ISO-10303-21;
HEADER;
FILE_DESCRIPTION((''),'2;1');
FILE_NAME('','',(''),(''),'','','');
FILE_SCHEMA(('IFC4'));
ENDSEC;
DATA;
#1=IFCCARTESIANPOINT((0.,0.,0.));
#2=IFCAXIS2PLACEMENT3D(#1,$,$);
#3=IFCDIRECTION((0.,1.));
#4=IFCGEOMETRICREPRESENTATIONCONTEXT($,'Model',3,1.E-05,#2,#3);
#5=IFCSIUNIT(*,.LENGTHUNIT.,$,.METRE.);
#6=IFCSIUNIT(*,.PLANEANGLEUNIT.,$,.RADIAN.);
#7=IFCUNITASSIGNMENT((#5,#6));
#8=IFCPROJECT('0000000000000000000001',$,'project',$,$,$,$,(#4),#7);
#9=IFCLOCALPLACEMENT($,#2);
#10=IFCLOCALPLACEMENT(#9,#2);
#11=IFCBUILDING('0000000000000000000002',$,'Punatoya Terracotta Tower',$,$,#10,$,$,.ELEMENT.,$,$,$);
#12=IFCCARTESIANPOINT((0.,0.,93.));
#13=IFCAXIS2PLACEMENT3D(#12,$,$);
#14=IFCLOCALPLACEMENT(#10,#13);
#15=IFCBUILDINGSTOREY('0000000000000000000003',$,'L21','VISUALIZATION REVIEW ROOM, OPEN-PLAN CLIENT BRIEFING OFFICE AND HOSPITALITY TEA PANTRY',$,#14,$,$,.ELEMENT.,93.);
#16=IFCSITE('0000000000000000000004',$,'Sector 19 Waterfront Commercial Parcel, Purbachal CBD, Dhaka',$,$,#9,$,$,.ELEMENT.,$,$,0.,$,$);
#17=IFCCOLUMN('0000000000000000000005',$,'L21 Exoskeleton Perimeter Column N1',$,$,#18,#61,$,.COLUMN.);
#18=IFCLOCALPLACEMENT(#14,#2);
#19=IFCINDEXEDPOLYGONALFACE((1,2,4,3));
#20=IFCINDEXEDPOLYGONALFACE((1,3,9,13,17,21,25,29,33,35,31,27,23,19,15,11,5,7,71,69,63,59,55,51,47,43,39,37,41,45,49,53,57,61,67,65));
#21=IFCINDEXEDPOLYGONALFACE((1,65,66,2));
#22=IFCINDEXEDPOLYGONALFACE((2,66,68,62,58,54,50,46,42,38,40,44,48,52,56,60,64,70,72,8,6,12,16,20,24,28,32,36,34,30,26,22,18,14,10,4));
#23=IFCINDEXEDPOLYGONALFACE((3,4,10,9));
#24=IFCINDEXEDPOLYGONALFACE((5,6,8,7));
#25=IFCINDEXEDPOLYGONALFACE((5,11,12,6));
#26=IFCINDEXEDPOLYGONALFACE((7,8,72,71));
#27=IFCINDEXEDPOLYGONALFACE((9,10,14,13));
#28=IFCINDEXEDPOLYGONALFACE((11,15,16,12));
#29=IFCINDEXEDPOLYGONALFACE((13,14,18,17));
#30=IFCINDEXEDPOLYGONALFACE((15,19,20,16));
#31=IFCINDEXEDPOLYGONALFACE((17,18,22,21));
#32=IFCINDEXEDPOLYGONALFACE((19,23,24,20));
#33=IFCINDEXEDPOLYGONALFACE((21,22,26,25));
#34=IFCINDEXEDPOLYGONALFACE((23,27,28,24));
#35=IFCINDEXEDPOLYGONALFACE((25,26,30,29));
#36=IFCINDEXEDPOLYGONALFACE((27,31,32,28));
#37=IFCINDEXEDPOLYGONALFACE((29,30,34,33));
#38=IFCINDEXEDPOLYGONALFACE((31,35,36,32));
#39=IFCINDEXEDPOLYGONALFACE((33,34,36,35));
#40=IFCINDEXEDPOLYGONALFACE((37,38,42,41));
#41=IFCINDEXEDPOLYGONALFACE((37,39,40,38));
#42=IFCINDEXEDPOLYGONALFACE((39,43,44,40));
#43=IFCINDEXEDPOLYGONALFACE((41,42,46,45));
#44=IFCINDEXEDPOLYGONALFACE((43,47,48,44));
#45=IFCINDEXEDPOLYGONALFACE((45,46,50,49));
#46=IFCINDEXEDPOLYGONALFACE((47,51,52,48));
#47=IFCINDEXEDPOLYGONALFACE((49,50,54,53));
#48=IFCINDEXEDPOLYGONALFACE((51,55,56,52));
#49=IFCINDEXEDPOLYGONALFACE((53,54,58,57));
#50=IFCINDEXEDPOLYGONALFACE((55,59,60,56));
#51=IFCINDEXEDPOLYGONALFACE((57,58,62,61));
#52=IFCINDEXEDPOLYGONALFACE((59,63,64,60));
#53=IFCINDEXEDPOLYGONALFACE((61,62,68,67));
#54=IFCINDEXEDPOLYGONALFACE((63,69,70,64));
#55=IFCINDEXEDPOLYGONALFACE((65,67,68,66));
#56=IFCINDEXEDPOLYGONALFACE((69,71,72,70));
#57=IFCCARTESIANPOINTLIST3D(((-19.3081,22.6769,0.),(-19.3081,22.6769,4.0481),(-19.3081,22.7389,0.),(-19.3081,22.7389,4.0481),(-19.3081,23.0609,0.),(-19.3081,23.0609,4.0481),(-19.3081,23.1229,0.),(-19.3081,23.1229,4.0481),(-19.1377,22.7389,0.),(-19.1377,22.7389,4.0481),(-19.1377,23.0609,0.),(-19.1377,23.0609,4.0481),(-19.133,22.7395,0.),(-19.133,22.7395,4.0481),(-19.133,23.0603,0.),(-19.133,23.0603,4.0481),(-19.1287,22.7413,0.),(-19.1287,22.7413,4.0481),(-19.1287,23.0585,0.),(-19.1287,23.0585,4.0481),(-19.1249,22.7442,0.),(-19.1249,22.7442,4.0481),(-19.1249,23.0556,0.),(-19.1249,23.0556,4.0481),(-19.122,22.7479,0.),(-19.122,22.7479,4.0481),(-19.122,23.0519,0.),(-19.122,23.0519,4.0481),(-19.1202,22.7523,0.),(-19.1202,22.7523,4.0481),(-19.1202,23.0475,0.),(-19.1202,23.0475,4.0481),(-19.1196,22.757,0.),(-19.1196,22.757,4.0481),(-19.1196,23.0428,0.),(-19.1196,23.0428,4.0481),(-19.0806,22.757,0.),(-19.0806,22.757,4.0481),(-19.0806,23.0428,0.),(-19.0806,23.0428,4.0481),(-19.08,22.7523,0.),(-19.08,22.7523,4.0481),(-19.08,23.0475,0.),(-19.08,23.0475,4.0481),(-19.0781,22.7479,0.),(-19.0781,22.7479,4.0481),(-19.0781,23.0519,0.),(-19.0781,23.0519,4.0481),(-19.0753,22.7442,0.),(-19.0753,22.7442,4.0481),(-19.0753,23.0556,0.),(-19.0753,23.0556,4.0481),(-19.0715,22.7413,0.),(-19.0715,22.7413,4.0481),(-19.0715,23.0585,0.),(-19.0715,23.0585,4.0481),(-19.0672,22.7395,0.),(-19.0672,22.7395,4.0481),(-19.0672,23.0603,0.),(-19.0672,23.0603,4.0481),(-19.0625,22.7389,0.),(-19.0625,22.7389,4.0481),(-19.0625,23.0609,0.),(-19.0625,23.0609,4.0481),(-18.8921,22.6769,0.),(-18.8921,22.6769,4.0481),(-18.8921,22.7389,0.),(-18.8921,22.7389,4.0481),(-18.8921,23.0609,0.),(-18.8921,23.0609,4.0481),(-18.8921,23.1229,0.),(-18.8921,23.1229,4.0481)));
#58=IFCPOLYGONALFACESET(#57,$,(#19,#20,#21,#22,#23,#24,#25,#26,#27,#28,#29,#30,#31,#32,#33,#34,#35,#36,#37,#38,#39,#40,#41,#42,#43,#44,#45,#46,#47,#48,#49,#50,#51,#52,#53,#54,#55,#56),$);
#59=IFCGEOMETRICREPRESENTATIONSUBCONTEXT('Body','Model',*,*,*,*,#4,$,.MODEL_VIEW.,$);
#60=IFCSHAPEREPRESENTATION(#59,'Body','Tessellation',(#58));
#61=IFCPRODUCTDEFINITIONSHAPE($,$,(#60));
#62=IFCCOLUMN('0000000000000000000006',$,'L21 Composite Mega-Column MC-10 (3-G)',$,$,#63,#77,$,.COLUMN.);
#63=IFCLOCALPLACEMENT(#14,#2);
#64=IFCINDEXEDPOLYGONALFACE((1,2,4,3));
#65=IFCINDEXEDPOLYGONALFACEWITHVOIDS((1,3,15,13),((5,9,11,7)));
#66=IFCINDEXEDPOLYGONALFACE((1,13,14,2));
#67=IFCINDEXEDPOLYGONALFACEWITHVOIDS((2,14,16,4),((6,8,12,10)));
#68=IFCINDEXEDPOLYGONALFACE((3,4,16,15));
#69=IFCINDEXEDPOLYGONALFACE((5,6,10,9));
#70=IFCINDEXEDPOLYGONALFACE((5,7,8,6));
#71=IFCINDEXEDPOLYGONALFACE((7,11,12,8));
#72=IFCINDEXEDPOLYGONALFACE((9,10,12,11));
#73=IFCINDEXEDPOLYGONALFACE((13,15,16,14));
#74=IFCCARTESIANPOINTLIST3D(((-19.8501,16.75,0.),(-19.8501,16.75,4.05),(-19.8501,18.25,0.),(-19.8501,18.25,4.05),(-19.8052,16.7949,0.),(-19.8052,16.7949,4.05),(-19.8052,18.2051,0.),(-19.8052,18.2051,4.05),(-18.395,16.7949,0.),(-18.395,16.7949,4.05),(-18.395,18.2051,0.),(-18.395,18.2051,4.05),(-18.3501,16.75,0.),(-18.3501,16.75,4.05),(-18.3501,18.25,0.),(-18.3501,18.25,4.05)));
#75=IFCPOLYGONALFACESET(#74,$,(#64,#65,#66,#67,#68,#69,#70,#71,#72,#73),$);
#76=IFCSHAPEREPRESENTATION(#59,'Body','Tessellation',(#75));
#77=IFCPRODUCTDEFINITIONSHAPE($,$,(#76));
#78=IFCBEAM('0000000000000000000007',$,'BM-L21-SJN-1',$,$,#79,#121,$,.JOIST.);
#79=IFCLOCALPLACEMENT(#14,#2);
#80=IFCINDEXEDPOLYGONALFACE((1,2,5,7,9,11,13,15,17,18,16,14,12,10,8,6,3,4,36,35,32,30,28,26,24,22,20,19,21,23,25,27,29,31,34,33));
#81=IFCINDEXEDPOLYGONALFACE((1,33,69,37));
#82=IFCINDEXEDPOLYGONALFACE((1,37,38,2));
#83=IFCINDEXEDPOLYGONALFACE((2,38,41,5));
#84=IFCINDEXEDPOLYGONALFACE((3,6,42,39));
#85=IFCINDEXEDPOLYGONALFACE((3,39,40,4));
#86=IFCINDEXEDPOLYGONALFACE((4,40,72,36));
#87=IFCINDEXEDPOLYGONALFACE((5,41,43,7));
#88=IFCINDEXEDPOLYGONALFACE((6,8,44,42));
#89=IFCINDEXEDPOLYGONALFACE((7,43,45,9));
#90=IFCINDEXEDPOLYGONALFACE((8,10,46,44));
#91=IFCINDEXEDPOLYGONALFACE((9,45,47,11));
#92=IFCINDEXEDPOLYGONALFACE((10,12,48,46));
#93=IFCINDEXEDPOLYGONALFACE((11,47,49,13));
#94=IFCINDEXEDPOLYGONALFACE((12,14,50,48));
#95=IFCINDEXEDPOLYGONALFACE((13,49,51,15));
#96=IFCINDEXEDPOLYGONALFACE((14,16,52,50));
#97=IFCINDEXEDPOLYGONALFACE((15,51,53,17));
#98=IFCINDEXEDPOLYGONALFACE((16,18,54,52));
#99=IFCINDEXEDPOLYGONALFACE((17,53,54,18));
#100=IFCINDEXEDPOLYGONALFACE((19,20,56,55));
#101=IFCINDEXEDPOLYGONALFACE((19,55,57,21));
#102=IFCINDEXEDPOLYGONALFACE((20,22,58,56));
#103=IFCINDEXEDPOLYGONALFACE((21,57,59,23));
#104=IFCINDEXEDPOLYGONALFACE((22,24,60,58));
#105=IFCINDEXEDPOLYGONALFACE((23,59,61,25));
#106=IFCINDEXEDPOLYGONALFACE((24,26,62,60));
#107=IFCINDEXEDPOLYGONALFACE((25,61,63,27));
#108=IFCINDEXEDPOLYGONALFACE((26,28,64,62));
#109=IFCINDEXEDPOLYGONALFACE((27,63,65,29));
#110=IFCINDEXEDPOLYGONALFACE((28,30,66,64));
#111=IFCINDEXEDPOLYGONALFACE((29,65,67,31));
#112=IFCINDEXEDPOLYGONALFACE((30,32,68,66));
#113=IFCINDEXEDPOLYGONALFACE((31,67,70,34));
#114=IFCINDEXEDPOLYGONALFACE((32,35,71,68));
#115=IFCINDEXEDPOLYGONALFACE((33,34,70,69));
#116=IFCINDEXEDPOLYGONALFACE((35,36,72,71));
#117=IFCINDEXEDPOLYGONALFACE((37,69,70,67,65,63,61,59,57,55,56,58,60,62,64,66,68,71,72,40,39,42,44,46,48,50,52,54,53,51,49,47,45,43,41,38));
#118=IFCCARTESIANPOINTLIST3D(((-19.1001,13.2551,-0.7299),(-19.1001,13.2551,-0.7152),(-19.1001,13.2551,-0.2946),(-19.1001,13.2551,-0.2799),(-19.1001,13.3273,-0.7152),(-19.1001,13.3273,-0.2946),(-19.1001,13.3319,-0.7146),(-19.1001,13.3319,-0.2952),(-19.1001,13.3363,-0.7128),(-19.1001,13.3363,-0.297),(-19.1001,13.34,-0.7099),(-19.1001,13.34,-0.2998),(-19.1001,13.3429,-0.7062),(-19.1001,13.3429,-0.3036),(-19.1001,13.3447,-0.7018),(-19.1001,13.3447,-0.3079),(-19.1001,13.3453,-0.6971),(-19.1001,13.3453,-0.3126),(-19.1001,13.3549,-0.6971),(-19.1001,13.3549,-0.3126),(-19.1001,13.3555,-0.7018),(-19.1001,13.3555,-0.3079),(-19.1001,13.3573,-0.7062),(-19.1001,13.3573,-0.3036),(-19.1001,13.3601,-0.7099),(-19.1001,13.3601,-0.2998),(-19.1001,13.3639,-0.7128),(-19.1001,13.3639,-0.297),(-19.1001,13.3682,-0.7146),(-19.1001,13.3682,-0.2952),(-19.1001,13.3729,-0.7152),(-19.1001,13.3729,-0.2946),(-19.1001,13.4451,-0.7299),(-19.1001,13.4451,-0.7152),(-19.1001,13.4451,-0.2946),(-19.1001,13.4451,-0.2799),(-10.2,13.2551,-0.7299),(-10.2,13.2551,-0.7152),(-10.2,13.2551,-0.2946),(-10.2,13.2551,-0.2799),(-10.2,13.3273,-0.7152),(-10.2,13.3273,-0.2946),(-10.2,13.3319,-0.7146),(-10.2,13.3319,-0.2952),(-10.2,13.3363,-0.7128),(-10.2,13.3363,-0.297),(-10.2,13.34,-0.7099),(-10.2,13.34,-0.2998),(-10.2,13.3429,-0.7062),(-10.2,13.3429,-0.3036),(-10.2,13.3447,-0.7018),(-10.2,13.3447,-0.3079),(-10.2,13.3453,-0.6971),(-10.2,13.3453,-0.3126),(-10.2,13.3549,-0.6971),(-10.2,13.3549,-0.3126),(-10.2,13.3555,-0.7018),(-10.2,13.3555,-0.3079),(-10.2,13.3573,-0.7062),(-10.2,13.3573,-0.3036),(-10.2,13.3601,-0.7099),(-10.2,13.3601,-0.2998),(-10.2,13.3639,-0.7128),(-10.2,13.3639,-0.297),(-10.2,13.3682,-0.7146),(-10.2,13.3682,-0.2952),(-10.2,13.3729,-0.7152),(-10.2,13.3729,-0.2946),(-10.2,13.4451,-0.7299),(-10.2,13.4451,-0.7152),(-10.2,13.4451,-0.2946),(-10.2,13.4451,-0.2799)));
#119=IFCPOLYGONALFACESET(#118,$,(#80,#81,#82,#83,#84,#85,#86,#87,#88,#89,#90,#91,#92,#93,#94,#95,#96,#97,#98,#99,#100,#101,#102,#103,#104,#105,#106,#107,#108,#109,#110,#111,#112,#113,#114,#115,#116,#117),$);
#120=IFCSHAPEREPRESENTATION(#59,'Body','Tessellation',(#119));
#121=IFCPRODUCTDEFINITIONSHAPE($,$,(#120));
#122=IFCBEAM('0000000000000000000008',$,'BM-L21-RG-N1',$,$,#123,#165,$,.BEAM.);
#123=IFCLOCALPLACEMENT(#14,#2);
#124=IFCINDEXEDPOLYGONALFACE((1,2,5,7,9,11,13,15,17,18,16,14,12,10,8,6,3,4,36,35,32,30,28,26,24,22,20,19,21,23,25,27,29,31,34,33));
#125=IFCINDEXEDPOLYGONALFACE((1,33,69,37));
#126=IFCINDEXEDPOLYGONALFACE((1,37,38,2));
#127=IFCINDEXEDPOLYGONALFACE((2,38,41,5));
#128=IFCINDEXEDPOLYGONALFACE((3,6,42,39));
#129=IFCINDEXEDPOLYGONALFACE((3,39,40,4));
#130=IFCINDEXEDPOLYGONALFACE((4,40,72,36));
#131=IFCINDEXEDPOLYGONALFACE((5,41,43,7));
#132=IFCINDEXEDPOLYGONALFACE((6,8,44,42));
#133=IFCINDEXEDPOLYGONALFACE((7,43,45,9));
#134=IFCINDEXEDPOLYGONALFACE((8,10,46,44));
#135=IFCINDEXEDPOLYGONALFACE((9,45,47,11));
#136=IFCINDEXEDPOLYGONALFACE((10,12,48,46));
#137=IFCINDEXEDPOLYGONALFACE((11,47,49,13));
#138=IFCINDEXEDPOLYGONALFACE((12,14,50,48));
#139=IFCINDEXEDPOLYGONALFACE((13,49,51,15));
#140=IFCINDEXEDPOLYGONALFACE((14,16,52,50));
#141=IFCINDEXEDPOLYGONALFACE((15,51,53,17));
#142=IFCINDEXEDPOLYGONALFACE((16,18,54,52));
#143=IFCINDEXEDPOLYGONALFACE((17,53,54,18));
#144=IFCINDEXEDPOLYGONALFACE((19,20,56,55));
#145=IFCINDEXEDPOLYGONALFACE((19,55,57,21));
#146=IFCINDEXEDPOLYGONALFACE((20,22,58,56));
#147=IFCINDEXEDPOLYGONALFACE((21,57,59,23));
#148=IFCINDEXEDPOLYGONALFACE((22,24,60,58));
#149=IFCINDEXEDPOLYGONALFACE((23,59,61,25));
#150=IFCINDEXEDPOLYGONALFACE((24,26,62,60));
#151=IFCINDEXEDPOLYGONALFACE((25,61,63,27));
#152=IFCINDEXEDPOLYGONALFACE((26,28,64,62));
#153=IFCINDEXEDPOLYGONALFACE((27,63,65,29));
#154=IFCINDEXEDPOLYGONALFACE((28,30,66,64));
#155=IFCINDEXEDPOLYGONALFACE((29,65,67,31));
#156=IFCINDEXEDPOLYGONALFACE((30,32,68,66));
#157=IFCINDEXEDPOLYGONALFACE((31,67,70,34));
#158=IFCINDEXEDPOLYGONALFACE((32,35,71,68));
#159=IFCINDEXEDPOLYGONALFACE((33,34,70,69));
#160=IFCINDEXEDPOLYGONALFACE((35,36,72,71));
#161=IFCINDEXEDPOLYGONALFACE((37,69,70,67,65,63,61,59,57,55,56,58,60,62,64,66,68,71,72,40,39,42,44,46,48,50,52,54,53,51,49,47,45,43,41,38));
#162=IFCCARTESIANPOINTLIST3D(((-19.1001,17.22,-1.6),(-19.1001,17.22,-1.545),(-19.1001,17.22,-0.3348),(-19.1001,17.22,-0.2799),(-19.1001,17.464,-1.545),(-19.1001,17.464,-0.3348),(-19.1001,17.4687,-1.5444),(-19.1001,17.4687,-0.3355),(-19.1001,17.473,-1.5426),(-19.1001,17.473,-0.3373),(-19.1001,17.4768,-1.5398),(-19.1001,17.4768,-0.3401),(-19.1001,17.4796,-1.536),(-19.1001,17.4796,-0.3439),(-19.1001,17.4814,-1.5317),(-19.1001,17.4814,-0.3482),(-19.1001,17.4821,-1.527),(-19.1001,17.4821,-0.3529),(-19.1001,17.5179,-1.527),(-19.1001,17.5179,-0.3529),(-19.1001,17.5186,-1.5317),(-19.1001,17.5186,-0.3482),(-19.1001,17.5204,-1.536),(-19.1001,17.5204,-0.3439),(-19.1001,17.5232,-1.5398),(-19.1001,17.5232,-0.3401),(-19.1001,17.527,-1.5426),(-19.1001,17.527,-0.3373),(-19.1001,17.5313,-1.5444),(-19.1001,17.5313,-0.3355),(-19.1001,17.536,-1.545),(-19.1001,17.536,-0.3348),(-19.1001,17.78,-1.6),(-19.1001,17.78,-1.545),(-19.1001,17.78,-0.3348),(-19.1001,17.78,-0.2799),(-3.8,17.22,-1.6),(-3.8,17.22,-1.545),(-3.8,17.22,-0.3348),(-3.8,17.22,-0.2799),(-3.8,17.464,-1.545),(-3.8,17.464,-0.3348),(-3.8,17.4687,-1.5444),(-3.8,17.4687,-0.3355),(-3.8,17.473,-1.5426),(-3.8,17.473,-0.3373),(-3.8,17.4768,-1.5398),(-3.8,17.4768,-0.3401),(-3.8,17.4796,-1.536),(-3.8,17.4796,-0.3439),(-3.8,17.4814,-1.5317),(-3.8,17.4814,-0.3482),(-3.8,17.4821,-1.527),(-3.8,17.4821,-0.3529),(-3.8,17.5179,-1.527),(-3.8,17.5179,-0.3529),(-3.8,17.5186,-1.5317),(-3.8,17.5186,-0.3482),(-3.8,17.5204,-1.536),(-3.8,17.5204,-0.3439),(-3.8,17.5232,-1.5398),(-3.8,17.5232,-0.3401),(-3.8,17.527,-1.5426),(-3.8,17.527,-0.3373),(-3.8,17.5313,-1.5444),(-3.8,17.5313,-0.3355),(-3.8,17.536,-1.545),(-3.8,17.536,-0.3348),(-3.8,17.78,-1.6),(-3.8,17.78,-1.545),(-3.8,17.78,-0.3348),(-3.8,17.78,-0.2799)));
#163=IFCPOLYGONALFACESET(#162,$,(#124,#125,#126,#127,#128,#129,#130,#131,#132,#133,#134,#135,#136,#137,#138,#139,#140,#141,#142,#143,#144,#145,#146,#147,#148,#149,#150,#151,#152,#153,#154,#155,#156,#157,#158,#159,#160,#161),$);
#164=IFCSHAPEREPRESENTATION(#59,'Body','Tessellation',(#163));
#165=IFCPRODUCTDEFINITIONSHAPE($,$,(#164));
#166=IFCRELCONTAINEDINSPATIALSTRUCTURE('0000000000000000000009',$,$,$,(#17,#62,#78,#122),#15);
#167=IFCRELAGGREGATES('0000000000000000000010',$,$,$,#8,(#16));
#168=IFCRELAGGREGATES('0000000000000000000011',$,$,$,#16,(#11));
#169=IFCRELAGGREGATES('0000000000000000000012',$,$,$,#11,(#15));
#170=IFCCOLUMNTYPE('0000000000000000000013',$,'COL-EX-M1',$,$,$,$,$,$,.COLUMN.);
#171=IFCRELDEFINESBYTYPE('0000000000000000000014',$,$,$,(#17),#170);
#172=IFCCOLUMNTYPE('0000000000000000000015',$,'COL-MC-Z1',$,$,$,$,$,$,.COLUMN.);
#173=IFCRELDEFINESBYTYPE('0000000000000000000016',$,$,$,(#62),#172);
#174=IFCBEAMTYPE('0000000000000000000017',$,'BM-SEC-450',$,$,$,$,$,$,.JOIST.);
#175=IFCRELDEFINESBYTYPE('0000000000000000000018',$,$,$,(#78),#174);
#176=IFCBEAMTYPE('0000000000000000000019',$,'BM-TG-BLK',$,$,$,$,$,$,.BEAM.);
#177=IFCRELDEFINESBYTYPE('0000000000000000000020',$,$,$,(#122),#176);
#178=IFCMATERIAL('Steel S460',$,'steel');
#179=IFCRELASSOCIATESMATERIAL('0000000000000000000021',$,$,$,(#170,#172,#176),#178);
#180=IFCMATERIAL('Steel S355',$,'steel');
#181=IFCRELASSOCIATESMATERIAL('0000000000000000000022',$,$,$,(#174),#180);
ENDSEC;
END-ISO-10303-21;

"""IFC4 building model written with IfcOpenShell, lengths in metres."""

from ifc_helpers import new_model, si_unit, direction, frame, origin, origin_2d, place, context, subcontext, project, spatial, hollow_rectangle, i_section, extrude, material, material_profile, profile_set, type_object, element, save


model = new_model("IFC4")

# Units and contexts
model_context = context("Model", 3, precision=1e-05, world=origin(), true_north=direction((0.0, 1.0)))
body_context = subcontext(model_context, "Body", "Model", "MODEL_VIEW")
ifc_project = project(units=[si_unit("LENGTHUNIT", "METRE"), si_unit("PLANEANGLEUNIT", "RADIAN")], contexts=[model_context])

# Site, building, storey
site_placement = place(None, origin())
site = spatial("IfcSite", under=ifc_project, at=site_placement, Name="Sector 19 Waterfront Commercial Parcel, Purbachal CBD, Dhaka", CompositionType="ELEMENT", RefElevation=0.0)
building_placement = place(site_placement, origin())
building = spatial("IfcBuilding", under=site, at=building_placement, Name="Punatoya Terracotta Tower", CompositionType="ELEMENT")
storey_placement = place(building_placement, frame((0.0, 0.0, 93.0)))
storey = spatial("IfcBuildingStorey", under=building, at=storey_placement, Name="L21", Description="VISUALIZATION REVIEW ROOM, OPEN-PLAN CLIENT BRIEFING OFFICE AND HOSPITALITY TEA PANTRY", CompositionType="ELEMENT", Elevation=93.0)

# Columns
ifc_material_1 = material(Name="Steel S460", Category="steel")
ifc_material_profile_1 = material_profile(ifc_material_1, i_section(OverallWidth=0.416, OverallDepth=0.446, WebThickness=0.0391, FlangeThickness=0.062, FilletRadius=0.0181, at=origin_2d()))
ifc_profile_set_1 = profile_set([ifc_material_profile_1], Name="Steel S460")
column_type_1 = type_object("IfcColumnType", Name="COL-EX-M1", PredefinedType="COLUMN", material=ifc_profile_set_1)
column_1_placement = place(storey_placement, frame((-19.1001, 22.8999, 0.0), z_axis=(0.0, 0.0, 1.0), x_axis=(1.0, 0.0, 0.0)))
element("IfcColumn", 1, at=column_1_placement, inside=storey, type_object=column_type_1, Name="L21 Exoskeleton Perimeter Column N1", PredefinedType="COLUMN", context=body_context, shape_type="SweptSolid", body=[
    extrude(i_section(OverallWidth=0.416, OverallDepth=0.446, WebThickness=0.0391, FlangeThickness=0.062, FilletRadius=0.0181, at=origin_2d()), origin(), (0.0, 0.0, 1.0), 4.0481),
])
ifc_material_profile_2 = material_profile(ifc_material_1, hollow_rectangle(XDim=1.5, YDim=1.5, WallThickness=0.0449, at=origin_2d()))
ifc_profile_set_2 = profile_set([ifc_material_profile_2], Name="Steel S460")
column_type_2 = type_object("IfcColumnType", Name="COL-MC-Z1", PredefinedType="COLUMN", material=ifc_profile_set_2)
column_2_placement = place(storey_placement, frame((-19.1001, 17.5, 0.0), z_axis=(0.0, 0.0, 1.0), x_axis=(1.0, 0.0, 0.0)))
element("IfcColumn", 2, at=column_2_placement, inside=storey, type_object=column_type_2, Name="L21 Composite Mega-Column MC-10 (3-G)", PredefinedType="COLUMN", context=body_context, shape_type="SweptSolid", body=[
    extrude(hollow_rectangle(XDim=1.5, YDim=1.5, WallThickness=0.0449, at=origin_2d()), origin(), (0.0, 0.0, 1.0), 4.05),
])

# Beams
ifc_material_2 = material(Name="Steel S355", Category="steel")
ifc_material_profile_3 = material_profile(ifc_material_2, i_section(OverallWidth=0.1899, OverallDepth=0.45, WebThickness=0.0095, FlangeThickness=0.0146, FilletRadius=0.0181, at=origin_2d()))
ifc_profile_set_3 = profile_set([ifc_material_profile_3], Name="Steel S355")
beam_type_1 = type_object("IfcBeamType", Name="BM-SEC-450", PredefinedType="JOIST", material=ifc_profile_set_3)
beam_1_placement = place(storey_placement, frame((-19.1001, 13.3501, -0.5049), z_axis=(1.0, 0.0, 0.0), x_axis=(0.0, 1.0, 0.0)))
element("IfcBeam", 3, at=beam_1_placement, inside=storey, type_object=beam_type_1, Name="BM-L21-SJN-1", PredefinedType="JOIST", context=body_context, shape_type="SweptSolid", body=[
    extrude(i_section(OverallWidth=0.1899, OverallDepth=0.45, WebThickness=0.0095, FlangeThickness=0.0146, FilletRadius=0.0181, at=origin_2d()), origin(), (0.0, 0.0, 1.0), 8.9001),
])
ifc_material_profile_4 = material_profile(ifc_material_1, i_section(OverallWidth=0.5601, OverallDepth=1.3201, WebThickness=0.0359, FlangeThickness=0.0549, FilletRadius=0.0181, at=origin_2d()))
ifc_profile_set_4 = profile_set([ifc_material_profile_4], Name="Steel S460")
beam_type_2 = type_object("IfcBeamType", Name="BM-TG-BLK", PredefinedType="BEAM", material=ifc_profile_set_4)
beam_2_placement = place(storey_placement, frame((-19.1001, 17.5, -0.9399), z_axis=(1.0, 0.0, 0.0), x_axis=(0.0, 1.0, 0.0)))
element("IfcBeam", 4, at=beam_2_placement, inside=storey, type_object=beam_type_2, Name="BM-L21-RG-N1", PredefinedType="BEAM", context=body_context, shape_type="SweptSolid", body=[
    extrude(i_section(OverallWidth=0.5601, OverallDepth=1.3201, WebThickness=0.0359, FlangeThickness=0.0549, FilletRadius=0.0181, at=origin_2d()), origin(), (0.0, 0.0, 1.0), 15.3),
])

save(model, "model.ifc")
